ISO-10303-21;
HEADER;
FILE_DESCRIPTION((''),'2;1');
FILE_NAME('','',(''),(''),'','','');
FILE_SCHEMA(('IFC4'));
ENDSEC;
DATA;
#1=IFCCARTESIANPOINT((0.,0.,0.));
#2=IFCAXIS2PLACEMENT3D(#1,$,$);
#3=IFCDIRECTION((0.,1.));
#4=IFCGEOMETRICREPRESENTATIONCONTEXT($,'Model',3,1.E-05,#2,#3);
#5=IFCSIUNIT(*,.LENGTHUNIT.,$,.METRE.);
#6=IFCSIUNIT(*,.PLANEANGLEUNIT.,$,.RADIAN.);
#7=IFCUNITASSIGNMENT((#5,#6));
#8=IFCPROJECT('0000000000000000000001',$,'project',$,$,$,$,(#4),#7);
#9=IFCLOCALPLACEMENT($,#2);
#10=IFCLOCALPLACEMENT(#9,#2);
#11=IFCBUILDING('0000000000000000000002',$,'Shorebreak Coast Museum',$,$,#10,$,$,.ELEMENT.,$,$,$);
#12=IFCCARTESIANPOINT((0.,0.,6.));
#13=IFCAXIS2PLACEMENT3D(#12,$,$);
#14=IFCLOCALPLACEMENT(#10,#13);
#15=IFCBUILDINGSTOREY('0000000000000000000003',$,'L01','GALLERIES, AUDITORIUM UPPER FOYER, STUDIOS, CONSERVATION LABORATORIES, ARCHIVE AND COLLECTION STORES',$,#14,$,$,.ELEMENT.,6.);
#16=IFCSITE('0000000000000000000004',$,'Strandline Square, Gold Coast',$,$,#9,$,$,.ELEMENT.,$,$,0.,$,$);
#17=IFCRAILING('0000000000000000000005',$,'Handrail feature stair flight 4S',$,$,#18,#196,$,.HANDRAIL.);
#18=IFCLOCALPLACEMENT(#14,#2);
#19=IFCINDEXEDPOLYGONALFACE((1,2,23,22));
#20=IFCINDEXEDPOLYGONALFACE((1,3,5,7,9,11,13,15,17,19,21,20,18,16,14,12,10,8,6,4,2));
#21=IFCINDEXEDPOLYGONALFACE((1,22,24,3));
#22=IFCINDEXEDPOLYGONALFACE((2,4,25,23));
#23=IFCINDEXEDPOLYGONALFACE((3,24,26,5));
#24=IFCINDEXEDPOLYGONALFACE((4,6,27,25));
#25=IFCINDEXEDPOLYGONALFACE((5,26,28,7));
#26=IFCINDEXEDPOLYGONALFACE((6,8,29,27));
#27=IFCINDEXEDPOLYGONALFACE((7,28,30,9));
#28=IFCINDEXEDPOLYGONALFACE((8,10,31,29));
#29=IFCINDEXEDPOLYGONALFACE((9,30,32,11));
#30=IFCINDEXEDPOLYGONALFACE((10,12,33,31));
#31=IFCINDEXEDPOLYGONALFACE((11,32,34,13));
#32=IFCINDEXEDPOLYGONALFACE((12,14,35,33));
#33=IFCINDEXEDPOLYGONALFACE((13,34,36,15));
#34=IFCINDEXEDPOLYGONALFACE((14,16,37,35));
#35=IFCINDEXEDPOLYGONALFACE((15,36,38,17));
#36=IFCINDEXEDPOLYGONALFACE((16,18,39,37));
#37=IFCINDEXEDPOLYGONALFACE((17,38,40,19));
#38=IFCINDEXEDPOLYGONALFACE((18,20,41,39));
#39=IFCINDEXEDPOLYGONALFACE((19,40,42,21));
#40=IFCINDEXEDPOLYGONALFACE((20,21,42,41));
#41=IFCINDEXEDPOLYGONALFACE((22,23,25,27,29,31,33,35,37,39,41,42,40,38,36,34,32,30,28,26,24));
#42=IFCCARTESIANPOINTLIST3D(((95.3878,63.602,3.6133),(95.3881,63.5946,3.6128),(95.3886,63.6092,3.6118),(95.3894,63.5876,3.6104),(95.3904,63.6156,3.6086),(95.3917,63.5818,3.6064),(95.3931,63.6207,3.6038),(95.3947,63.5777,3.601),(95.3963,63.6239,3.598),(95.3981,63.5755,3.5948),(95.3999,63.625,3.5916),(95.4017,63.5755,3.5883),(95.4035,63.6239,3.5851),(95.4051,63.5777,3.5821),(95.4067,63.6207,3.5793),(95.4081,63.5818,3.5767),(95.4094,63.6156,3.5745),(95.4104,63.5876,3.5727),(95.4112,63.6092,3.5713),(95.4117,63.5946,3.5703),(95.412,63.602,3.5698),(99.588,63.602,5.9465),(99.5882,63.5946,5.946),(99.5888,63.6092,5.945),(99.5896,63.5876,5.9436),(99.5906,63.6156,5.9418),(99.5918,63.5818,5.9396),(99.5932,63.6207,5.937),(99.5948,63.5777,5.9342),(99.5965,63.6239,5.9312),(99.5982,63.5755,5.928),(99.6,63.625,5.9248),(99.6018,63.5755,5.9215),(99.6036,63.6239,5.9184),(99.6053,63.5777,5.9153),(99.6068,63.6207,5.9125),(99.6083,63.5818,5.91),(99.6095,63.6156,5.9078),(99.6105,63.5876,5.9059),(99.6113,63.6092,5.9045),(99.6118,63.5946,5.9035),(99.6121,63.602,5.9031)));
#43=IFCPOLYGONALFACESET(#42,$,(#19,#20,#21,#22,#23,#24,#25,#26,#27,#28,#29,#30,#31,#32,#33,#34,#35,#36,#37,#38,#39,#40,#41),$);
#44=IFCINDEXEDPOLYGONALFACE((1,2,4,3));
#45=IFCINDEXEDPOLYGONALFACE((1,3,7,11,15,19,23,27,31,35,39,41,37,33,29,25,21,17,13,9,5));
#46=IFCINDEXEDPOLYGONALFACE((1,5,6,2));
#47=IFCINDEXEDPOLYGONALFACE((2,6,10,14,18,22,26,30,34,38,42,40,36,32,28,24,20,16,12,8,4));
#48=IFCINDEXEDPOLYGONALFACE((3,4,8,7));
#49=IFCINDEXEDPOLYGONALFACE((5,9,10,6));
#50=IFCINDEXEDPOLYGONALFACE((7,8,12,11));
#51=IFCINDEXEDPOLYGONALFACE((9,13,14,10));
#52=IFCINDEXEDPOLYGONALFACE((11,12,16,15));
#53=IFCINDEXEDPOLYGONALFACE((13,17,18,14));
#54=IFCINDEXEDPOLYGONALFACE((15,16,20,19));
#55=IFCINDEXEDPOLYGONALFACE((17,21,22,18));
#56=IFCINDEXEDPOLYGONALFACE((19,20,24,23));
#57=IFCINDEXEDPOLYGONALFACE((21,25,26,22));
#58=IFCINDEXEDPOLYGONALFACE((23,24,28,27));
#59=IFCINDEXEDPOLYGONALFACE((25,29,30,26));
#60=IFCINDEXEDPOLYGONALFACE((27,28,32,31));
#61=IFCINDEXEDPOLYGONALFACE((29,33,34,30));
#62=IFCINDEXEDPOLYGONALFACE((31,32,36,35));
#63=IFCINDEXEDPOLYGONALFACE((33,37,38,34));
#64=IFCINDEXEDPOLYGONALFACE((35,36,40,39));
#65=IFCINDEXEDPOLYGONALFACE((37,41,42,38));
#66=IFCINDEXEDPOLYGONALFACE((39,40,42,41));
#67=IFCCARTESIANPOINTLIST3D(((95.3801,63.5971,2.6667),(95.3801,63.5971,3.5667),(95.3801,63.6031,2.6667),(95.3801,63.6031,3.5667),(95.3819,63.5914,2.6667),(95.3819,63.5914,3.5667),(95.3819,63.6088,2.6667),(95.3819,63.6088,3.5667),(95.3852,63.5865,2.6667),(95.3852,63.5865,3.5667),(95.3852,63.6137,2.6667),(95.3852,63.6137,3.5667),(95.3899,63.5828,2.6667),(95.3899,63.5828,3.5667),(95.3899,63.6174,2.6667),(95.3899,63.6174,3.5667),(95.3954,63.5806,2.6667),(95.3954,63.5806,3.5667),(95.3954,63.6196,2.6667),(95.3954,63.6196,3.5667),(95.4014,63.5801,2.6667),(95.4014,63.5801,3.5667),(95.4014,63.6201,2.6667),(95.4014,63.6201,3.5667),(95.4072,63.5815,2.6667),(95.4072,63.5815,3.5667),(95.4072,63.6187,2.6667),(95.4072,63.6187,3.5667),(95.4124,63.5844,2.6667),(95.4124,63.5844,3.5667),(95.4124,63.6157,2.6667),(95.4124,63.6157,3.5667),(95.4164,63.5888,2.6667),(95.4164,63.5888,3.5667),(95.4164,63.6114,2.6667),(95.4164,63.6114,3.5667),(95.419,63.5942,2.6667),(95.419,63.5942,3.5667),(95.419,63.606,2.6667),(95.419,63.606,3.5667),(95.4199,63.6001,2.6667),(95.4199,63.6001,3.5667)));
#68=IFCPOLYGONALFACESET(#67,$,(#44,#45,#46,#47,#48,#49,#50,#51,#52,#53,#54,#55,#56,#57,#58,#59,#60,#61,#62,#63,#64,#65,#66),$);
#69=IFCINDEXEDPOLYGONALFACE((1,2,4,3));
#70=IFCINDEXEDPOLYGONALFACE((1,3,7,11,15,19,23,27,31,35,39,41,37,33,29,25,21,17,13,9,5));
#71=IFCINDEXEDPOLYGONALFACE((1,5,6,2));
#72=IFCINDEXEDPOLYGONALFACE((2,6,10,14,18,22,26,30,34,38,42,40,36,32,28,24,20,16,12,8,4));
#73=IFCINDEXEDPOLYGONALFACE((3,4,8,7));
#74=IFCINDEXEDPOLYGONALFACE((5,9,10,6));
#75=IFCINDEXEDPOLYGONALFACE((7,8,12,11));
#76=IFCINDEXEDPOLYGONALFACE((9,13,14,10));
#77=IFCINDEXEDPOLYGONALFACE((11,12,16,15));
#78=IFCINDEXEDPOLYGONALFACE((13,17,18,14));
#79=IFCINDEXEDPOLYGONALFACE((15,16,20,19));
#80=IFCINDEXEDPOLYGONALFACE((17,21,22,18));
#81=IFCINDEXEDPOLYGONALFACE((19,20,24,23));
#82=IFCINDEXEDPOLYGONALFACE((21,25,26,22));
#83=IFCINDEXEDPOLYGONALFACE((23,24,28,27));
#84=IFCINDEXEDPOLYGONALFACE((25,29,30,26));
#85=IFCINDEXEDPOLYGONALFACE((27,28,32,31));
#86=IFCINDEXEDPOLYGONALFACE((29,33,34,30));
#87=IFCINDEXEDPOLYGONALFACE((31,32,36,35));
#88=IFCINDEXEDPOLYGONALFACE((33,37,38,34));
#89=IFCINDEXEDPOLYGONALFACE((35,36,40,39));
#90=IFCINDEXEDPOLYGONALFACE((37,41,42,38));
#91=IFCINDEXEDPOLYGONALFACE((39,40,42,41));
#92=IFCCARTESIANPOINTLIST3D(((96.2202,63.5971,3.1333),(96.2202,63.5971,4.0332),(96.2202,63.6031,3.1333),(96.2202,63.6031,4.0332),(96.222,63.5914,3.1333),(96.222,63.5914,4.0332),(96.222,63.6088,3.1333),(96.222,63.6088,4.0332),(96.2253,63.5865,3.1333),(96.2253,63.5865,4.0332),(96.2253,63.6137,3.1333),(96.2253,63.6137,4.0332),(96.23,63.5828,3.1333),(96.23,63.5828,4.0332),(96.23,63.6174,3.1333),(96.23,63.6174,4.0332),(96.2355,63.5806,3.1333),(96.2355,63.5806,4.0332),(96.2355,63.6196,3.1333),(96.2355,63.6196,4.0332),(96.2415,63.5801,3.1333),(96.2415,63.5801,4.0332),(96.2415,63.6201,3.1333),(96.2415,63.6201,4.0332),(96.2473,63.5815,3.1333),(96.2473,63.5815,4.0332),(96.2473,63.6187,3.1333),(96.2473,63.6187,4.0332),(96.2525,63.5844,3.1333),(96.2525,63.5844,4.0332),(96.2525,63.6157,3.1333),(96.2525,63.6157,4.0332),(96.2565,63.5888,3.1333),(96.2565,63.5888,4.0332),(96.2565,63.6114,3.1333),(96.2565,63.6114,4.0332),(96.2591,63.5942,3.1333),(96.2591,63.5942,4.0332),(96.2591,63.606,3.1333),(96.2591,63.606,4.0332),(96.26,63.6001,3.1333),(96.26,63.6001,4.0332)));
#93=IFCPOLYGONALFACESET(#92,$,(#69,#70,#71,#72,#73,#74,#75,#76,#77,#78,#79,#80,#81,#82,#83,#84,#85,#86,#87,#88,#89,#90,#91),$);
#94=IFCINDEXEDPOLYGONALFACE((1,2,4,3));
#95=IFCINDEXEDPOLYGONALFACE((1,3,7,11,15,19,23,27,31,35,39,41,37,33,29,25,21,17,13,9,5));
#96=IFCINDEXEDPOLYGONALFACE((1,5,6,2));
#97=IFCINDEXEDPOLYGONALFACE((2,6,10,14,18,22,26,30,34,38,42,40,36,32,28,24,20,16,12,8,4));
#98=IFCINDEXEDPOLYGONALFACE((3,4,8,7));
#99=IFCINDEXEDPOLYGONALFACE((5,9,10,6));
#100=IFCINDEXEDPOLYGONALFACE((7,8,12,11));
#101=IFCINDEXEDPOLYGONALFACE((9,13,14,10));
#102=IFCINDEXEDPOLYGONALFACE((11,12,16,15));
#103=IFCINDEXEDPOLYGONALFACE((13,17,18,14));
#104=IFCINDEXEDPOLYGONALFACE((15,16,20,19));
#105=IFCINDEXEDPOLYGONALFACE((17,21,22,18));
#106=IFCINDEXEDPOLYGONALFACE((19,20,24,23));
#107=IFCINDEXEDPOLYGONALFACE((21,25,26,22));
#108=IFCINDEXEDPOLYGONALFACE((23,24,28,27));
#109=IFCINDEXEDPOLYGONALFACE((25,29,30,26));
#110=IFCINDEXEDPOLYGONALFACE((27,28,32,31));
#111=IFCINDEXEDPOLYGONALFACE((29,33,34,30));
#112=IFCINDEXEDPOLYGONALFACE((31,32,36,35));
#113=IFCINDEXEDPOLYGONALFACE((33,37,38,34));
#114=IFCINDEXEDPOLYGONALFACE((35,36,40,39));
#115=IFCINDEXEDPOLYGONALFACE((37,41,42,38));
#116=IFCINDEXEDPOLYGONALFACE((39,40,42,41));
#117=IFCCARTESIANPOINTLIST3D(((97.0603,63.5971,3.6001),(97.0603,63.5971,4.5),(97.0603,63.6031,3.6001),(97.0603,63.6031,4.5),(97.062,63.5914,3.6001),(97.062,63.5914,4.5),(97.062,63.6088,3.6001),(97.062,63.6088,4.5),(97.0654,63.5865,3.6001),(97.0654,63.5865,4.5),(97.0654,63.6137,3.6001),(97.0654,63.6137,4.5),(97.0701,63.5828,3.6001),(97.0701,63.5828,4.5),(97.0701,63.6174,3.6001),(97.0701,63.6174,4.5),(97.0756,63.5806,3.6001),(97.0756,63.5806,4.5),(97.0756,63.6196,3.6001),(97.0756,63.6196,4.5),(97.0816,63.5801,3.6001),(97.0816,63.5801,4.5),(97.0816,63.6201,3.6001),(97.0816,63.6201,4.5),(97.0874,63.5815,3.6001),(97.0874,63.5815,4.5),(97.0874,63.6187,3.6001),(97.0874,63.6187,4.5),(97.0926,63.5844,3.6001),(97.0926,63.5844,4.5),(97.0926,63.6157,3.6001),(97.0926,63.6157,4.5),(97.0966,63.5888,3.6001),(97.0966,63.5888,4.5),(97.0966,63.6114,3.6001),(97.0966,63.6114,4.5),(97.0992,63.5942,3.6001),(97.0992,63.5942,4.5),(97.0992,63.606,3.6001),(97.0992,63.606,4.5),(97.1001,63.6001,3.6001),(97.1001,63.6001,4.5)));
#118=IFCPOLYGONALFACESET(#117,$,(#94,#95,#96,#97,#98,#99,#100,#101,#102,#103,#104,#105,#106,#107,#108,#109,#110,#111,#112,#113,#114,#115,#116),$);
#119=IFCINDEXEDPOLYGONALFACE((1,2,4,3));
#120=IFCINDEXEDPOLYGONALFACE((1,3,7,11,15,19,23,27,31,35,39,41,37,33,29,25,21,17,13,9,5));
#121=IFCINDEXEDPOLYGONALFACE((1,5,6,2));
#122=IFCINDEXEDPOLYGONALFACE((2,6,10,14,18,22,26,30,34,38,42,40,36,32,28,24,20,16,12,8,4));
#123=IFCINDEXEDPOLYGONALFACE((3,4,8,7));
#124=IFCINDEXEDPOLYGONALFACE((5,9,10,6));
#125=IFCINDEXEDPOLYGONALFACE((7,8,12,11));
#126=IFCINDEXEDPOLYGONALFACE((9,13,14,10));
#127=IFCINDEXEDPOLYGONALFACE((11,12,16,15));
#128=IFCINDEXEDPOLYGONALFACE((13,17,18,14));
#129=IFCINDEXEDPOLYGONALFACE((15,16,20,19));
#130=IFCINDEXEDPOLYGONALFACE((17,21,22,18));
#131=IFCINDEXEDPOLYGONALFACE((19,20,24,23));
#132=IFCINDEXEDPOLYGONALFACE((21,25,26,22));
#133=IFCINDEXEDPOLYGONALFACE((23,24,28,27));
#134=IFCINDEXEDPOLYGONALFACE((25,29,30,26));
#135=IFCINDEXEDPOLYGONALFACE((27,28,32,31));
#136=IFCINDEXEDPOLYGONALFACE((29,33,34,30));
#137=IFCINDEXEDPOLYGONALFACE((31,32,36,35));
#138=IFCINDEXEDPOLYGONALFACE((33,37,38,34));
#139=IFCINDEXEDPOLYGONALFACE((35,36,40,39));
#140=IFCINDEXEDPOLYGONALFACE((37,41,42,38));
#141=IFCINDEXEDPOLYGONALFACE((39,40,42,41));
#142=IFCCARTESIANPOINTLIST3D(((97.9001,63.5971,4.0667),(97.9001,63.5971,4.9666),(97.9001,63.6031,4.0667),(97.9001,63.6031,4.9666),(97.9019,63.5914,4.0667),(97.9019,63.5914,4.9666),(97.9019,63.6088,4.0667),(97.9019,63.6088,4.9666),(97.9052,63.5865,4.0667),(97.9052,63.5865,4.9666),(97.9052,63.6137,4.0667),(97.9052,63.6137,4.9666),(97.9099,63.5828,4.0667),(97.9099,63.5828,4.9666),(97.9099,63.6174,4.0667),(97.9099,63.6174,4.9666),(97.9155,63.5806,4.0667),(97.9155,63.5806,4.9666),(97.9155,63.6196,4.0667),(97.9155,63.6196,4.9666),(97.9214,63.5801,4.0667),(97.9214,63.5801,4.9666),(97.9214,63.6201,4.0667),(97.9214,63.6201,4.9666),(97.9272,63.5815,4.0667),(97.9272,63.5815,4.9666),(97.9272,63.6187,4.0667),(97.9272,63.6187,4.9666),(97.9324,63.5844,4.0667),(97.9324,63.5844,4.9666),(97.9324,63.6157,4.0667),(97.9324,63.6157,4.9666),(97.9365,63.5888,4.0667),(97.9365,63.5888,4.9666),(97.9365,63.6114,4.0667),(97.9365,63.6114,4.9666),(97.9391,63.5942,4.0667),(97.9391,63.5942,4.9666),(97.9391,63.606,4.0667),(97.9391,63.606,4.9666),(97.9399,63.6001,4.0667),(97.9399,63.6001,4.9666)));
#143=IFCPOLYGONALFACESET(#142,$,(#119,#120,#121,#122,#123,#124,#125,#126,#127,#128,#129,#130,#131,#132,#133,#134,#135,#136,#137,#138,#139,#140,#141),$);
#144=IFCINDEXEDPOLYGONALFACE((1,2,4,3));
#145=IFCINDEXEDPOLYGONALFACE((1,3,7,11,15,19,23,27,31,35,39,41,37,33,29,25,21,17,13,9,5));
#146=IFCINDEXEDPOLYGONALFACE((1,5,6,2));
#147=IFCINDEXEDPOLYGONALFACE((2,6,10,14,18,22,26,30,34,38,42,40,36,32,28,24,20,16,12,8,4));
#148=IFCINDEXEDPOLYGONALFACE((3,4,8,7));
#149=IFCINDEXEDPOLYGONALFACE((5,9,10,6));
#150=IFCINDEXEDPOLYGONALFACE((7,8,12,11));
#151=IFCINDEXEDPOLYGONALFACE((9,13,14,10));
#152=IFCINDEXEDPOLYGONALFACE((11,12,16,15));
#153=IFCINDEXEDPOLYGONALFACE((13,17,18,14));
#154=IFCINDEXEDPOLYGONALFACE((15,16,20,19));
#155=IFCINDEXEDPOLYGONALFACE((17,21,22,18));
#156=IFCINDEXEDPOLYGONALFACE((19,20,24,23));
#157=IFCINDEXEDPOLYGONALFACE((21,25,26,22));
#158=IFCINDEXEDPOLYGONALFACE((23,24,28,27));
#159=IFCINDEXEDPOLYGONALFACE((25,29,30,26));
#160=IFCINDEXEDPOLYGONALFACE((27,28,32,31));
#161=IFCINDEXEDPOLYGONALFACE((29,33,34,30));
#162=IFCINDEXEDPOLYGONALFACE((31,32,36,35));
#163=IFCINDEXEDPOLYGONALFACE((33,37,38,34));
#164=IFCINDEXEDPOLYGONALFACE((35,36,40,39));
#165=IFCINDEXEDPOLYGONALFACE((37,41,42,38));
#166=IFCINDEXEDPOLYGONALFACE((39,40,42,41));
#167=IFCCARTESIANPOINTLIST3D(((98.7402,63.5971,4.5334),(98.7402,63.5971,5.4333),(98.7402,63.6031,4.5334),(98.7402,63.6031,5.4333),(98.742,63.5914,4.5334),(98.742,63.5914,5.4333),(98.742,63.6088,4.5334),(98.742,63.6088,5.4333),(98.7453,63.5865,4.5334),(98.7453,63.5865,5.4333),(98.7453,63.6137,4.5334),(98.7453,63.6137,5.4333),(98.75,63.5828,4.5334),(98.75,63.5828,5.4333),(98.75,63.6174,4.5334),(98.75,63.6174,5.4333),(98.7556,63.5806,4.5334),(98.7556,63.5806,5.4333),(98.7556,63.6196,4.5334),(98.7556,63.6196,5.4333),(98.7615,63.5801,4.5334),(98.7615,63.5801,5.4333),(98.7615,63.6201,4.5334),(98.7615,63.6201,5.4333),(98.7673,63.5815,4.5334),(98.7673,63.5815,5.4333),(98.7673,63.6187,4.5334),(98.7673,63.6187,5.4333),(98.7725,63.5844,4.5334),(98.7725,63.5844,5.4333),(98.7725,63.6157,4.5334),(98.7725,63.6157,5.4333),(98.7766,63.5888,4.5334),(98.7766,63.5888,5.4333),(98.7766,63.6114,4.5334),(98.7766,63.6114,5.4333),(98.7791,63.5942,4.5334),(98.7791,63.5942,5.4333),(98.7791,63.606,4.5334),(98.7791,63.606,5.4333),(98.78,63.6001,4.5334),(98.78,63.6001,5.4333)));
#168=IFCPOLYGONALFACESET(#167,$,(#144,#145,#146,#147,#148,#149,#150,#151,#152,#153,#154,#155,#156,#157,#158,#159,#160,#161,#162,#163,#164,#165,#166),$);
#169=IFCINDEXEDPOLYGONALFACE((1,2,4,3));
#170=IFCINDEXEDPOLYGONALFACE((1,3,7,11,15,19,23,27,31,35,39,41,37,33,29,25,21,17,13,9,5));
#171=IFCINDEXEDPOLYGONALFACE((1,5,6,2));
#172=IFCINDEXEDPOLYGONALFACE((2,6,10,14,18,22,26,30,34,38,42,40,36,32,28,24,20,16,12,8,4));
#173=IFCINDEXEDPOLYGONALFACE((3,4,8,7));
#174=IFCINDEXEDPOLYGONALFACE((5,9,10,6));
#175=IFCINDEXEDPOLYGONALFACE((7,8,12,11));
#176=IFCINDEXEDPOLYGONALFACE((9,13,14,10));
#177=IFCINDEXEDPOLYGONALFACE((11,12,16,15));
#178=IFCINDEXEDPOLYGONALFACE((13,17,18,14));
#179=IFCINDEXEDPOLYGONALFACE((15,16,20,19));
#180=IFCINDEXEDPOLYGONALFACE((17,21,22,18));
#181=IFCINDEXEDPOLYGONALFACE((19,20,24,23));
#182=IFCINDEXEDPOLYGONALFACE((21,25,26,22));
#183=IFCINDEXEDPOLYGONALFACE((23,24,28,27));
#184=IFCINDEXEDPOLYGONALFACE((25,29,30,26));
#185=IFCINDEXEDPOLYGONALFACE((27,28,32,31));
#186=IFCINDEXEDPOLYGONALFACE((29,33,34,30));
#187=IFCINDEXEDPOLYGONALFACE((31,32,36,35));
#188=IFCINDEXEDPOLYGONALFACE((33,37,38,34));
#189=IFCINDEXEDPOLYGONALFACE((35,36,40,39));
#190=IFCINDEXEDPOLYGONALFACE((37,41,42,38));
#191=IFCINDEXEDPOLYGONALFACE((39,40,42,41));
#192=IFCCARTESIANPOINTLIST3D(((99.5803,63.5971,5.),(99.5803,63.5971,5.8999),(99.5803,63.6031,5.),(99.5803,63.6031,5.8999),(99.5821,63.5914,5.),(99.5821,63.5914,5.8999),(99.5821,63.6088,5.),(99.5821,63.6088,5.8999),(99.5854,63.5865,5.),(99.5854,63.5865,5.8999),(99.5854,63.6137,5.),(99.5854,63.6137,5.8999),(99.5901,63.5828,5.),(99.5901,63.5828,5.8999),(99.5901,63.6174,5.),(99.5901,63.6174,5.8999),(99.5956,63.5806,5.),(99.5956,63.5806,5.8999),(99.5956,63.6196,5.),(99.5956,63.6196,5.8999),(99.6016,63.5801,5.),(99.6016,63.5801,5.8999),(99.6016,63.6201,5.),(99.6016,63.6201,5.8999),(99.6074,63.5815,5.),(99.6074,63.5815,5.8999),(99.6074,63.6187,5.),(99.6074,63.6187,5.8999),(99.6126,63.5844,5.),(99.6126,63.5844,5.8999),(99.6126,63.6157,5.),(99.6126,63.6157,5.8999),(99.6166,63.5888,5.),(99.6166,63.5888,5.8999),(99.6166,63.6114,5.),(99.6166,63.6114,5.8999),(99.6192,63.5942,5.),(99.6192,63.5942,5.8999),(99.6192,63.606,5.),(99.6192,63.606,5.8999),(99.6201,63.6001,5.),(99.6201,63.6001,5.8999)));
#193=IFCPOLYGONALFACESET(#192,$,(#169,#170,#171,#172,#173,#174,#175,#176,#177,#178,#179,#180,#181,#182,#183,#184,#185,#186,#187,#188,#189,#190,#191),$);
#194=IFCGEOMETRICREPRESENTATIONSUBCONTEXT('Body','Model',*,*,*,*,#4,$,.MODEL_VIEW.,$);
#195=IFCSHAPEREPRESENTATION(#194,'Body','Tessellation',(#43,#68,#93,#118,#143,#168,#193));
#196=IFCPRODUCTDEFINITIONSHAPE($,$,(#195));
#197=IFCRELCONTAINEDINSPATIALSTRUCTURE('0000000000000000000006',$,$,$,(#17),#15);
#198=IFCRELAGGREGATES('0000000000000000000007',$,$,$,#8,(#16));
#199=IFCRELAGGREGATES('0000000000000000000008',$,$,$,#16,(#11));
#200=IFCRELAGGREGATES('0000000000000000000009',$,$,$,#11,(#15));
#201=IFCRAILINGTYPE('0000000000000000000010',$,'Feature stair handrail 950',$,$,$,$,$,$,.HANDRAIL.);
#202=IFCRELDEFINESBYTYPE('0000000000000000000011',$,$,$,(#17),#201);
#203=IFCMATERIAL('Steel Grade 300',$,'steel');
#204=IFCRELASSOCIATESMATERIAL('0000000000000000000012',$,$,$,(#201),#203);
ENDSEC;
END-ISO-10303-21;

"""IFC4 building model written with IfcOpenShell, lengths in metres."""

from ifc_helpers import new_model, si_unit, direction, frame, origin, origin_2d, place, context, subcontext, project, spatial, circle, extrude, material, type_object, element, save


model = new_model("IFC4")

# Units and contexts
model_context = context("Model", 3, precision=1e-05, world=origin(), true_north=direction((0.0, 1.0)))
body_context = subcontext(model_context, "Body", "Model", "MODEL_VIEW")
ifc_project = project(units=[si_unit("LENGTHUNIT", "METRE"), si_unit("PLANEANGLEUNIT", "RADIAN")], contexts=[model_context])

# Site, building, storey
site_placement = place(None, origin())
site = spatial("IfcSite", under=ifc_project, at=site_placement, Name="Strandline Square, Gold Coast", CompositionType="ELEMENT", RefElevation=0.0)
building_placement = place(site_placement, origin())
building = spatial("IfcBuilding", under=site, at=building_placement, Name="Shorebreak Coast Museum", CompositionType="ELEMENT")
storey_placement = place(building_placement, frame((0.0, 0.0, 6.0)))
storey = spatial("IfcBuildingStorey", under=building, at=storey_placement, Name="L01", Description="GALLERIES, AUDITORIUM UPPER FOYER, STUDIOS, CONSERVATION LABORATORIES, ARCHIVE AND COLLECTION STORES", CompositionType="ELEMENT", Elevation=6.0)

# Railing
ifc_material_1 = material(Name="Steel Grade 300", Category="steel")
railing_type_1 = type_object("IfcRailingType", Name="Feature stair handrail 950", PredefinedType="HANDRAIL", material=ifc_material_1)
for number, where, name in (
    (1, (95.3999, 63.6001, 2.6667), "Handrail feature stair flight 4S"),
):
    element("IfcRailing", number, at=place(storey_placement, frame(where)), inside=storey, type_object=railing_type_1, Name=name, PredefinedType="HANDRAIL", context=body_context, shape_type="SweptSolid", body=[
        extrude(circle(Radius=0.0249, at=origin_2d()), frame((0.0, 0.0, 0.9248), z_axis=(0.874174, 0.0, 0.485613), x_axis=(0.0, 1.0, 0.0)), (0.0, 0.0, 1.0), 4.8047),
        extrude(circle(Radius=0.02, at=origin_2d()), origin(), (0.0, 0.0, 1.0), 0.8999),
        extrude(circle(Radius=0.02, at=origin_2d()), frame((0.8401, 0.0, 0.4666)), (0.0, 0.0, 1.0), 0.8999),
        extrude(circle(Radius=0.02, at=origin_2d()), frame((1.6802, 0.0, 0.9333)), (0.0, 0.0, 1.0), 0.8999),
        extrude(circle(Radius=0.02, at=origin_2d()), frame((2.52, 0.0, 1.3999)), (0.0, 0.0, 1.0), 0.8999),
        extrude(circle(Radius=0.02, at=origin_2d()), frame((3.3601, 0.0, 1.8667)), (0.0, 0.0, 1.0), 0.8999),
        extrude(circle(Radius=0.02, at=origin_2d()), frame((4.2002, 0.0, 2.3333)), (0.0, 0.0, 1.0), 0.8999),
    ])

save(model, "model.ifc")
